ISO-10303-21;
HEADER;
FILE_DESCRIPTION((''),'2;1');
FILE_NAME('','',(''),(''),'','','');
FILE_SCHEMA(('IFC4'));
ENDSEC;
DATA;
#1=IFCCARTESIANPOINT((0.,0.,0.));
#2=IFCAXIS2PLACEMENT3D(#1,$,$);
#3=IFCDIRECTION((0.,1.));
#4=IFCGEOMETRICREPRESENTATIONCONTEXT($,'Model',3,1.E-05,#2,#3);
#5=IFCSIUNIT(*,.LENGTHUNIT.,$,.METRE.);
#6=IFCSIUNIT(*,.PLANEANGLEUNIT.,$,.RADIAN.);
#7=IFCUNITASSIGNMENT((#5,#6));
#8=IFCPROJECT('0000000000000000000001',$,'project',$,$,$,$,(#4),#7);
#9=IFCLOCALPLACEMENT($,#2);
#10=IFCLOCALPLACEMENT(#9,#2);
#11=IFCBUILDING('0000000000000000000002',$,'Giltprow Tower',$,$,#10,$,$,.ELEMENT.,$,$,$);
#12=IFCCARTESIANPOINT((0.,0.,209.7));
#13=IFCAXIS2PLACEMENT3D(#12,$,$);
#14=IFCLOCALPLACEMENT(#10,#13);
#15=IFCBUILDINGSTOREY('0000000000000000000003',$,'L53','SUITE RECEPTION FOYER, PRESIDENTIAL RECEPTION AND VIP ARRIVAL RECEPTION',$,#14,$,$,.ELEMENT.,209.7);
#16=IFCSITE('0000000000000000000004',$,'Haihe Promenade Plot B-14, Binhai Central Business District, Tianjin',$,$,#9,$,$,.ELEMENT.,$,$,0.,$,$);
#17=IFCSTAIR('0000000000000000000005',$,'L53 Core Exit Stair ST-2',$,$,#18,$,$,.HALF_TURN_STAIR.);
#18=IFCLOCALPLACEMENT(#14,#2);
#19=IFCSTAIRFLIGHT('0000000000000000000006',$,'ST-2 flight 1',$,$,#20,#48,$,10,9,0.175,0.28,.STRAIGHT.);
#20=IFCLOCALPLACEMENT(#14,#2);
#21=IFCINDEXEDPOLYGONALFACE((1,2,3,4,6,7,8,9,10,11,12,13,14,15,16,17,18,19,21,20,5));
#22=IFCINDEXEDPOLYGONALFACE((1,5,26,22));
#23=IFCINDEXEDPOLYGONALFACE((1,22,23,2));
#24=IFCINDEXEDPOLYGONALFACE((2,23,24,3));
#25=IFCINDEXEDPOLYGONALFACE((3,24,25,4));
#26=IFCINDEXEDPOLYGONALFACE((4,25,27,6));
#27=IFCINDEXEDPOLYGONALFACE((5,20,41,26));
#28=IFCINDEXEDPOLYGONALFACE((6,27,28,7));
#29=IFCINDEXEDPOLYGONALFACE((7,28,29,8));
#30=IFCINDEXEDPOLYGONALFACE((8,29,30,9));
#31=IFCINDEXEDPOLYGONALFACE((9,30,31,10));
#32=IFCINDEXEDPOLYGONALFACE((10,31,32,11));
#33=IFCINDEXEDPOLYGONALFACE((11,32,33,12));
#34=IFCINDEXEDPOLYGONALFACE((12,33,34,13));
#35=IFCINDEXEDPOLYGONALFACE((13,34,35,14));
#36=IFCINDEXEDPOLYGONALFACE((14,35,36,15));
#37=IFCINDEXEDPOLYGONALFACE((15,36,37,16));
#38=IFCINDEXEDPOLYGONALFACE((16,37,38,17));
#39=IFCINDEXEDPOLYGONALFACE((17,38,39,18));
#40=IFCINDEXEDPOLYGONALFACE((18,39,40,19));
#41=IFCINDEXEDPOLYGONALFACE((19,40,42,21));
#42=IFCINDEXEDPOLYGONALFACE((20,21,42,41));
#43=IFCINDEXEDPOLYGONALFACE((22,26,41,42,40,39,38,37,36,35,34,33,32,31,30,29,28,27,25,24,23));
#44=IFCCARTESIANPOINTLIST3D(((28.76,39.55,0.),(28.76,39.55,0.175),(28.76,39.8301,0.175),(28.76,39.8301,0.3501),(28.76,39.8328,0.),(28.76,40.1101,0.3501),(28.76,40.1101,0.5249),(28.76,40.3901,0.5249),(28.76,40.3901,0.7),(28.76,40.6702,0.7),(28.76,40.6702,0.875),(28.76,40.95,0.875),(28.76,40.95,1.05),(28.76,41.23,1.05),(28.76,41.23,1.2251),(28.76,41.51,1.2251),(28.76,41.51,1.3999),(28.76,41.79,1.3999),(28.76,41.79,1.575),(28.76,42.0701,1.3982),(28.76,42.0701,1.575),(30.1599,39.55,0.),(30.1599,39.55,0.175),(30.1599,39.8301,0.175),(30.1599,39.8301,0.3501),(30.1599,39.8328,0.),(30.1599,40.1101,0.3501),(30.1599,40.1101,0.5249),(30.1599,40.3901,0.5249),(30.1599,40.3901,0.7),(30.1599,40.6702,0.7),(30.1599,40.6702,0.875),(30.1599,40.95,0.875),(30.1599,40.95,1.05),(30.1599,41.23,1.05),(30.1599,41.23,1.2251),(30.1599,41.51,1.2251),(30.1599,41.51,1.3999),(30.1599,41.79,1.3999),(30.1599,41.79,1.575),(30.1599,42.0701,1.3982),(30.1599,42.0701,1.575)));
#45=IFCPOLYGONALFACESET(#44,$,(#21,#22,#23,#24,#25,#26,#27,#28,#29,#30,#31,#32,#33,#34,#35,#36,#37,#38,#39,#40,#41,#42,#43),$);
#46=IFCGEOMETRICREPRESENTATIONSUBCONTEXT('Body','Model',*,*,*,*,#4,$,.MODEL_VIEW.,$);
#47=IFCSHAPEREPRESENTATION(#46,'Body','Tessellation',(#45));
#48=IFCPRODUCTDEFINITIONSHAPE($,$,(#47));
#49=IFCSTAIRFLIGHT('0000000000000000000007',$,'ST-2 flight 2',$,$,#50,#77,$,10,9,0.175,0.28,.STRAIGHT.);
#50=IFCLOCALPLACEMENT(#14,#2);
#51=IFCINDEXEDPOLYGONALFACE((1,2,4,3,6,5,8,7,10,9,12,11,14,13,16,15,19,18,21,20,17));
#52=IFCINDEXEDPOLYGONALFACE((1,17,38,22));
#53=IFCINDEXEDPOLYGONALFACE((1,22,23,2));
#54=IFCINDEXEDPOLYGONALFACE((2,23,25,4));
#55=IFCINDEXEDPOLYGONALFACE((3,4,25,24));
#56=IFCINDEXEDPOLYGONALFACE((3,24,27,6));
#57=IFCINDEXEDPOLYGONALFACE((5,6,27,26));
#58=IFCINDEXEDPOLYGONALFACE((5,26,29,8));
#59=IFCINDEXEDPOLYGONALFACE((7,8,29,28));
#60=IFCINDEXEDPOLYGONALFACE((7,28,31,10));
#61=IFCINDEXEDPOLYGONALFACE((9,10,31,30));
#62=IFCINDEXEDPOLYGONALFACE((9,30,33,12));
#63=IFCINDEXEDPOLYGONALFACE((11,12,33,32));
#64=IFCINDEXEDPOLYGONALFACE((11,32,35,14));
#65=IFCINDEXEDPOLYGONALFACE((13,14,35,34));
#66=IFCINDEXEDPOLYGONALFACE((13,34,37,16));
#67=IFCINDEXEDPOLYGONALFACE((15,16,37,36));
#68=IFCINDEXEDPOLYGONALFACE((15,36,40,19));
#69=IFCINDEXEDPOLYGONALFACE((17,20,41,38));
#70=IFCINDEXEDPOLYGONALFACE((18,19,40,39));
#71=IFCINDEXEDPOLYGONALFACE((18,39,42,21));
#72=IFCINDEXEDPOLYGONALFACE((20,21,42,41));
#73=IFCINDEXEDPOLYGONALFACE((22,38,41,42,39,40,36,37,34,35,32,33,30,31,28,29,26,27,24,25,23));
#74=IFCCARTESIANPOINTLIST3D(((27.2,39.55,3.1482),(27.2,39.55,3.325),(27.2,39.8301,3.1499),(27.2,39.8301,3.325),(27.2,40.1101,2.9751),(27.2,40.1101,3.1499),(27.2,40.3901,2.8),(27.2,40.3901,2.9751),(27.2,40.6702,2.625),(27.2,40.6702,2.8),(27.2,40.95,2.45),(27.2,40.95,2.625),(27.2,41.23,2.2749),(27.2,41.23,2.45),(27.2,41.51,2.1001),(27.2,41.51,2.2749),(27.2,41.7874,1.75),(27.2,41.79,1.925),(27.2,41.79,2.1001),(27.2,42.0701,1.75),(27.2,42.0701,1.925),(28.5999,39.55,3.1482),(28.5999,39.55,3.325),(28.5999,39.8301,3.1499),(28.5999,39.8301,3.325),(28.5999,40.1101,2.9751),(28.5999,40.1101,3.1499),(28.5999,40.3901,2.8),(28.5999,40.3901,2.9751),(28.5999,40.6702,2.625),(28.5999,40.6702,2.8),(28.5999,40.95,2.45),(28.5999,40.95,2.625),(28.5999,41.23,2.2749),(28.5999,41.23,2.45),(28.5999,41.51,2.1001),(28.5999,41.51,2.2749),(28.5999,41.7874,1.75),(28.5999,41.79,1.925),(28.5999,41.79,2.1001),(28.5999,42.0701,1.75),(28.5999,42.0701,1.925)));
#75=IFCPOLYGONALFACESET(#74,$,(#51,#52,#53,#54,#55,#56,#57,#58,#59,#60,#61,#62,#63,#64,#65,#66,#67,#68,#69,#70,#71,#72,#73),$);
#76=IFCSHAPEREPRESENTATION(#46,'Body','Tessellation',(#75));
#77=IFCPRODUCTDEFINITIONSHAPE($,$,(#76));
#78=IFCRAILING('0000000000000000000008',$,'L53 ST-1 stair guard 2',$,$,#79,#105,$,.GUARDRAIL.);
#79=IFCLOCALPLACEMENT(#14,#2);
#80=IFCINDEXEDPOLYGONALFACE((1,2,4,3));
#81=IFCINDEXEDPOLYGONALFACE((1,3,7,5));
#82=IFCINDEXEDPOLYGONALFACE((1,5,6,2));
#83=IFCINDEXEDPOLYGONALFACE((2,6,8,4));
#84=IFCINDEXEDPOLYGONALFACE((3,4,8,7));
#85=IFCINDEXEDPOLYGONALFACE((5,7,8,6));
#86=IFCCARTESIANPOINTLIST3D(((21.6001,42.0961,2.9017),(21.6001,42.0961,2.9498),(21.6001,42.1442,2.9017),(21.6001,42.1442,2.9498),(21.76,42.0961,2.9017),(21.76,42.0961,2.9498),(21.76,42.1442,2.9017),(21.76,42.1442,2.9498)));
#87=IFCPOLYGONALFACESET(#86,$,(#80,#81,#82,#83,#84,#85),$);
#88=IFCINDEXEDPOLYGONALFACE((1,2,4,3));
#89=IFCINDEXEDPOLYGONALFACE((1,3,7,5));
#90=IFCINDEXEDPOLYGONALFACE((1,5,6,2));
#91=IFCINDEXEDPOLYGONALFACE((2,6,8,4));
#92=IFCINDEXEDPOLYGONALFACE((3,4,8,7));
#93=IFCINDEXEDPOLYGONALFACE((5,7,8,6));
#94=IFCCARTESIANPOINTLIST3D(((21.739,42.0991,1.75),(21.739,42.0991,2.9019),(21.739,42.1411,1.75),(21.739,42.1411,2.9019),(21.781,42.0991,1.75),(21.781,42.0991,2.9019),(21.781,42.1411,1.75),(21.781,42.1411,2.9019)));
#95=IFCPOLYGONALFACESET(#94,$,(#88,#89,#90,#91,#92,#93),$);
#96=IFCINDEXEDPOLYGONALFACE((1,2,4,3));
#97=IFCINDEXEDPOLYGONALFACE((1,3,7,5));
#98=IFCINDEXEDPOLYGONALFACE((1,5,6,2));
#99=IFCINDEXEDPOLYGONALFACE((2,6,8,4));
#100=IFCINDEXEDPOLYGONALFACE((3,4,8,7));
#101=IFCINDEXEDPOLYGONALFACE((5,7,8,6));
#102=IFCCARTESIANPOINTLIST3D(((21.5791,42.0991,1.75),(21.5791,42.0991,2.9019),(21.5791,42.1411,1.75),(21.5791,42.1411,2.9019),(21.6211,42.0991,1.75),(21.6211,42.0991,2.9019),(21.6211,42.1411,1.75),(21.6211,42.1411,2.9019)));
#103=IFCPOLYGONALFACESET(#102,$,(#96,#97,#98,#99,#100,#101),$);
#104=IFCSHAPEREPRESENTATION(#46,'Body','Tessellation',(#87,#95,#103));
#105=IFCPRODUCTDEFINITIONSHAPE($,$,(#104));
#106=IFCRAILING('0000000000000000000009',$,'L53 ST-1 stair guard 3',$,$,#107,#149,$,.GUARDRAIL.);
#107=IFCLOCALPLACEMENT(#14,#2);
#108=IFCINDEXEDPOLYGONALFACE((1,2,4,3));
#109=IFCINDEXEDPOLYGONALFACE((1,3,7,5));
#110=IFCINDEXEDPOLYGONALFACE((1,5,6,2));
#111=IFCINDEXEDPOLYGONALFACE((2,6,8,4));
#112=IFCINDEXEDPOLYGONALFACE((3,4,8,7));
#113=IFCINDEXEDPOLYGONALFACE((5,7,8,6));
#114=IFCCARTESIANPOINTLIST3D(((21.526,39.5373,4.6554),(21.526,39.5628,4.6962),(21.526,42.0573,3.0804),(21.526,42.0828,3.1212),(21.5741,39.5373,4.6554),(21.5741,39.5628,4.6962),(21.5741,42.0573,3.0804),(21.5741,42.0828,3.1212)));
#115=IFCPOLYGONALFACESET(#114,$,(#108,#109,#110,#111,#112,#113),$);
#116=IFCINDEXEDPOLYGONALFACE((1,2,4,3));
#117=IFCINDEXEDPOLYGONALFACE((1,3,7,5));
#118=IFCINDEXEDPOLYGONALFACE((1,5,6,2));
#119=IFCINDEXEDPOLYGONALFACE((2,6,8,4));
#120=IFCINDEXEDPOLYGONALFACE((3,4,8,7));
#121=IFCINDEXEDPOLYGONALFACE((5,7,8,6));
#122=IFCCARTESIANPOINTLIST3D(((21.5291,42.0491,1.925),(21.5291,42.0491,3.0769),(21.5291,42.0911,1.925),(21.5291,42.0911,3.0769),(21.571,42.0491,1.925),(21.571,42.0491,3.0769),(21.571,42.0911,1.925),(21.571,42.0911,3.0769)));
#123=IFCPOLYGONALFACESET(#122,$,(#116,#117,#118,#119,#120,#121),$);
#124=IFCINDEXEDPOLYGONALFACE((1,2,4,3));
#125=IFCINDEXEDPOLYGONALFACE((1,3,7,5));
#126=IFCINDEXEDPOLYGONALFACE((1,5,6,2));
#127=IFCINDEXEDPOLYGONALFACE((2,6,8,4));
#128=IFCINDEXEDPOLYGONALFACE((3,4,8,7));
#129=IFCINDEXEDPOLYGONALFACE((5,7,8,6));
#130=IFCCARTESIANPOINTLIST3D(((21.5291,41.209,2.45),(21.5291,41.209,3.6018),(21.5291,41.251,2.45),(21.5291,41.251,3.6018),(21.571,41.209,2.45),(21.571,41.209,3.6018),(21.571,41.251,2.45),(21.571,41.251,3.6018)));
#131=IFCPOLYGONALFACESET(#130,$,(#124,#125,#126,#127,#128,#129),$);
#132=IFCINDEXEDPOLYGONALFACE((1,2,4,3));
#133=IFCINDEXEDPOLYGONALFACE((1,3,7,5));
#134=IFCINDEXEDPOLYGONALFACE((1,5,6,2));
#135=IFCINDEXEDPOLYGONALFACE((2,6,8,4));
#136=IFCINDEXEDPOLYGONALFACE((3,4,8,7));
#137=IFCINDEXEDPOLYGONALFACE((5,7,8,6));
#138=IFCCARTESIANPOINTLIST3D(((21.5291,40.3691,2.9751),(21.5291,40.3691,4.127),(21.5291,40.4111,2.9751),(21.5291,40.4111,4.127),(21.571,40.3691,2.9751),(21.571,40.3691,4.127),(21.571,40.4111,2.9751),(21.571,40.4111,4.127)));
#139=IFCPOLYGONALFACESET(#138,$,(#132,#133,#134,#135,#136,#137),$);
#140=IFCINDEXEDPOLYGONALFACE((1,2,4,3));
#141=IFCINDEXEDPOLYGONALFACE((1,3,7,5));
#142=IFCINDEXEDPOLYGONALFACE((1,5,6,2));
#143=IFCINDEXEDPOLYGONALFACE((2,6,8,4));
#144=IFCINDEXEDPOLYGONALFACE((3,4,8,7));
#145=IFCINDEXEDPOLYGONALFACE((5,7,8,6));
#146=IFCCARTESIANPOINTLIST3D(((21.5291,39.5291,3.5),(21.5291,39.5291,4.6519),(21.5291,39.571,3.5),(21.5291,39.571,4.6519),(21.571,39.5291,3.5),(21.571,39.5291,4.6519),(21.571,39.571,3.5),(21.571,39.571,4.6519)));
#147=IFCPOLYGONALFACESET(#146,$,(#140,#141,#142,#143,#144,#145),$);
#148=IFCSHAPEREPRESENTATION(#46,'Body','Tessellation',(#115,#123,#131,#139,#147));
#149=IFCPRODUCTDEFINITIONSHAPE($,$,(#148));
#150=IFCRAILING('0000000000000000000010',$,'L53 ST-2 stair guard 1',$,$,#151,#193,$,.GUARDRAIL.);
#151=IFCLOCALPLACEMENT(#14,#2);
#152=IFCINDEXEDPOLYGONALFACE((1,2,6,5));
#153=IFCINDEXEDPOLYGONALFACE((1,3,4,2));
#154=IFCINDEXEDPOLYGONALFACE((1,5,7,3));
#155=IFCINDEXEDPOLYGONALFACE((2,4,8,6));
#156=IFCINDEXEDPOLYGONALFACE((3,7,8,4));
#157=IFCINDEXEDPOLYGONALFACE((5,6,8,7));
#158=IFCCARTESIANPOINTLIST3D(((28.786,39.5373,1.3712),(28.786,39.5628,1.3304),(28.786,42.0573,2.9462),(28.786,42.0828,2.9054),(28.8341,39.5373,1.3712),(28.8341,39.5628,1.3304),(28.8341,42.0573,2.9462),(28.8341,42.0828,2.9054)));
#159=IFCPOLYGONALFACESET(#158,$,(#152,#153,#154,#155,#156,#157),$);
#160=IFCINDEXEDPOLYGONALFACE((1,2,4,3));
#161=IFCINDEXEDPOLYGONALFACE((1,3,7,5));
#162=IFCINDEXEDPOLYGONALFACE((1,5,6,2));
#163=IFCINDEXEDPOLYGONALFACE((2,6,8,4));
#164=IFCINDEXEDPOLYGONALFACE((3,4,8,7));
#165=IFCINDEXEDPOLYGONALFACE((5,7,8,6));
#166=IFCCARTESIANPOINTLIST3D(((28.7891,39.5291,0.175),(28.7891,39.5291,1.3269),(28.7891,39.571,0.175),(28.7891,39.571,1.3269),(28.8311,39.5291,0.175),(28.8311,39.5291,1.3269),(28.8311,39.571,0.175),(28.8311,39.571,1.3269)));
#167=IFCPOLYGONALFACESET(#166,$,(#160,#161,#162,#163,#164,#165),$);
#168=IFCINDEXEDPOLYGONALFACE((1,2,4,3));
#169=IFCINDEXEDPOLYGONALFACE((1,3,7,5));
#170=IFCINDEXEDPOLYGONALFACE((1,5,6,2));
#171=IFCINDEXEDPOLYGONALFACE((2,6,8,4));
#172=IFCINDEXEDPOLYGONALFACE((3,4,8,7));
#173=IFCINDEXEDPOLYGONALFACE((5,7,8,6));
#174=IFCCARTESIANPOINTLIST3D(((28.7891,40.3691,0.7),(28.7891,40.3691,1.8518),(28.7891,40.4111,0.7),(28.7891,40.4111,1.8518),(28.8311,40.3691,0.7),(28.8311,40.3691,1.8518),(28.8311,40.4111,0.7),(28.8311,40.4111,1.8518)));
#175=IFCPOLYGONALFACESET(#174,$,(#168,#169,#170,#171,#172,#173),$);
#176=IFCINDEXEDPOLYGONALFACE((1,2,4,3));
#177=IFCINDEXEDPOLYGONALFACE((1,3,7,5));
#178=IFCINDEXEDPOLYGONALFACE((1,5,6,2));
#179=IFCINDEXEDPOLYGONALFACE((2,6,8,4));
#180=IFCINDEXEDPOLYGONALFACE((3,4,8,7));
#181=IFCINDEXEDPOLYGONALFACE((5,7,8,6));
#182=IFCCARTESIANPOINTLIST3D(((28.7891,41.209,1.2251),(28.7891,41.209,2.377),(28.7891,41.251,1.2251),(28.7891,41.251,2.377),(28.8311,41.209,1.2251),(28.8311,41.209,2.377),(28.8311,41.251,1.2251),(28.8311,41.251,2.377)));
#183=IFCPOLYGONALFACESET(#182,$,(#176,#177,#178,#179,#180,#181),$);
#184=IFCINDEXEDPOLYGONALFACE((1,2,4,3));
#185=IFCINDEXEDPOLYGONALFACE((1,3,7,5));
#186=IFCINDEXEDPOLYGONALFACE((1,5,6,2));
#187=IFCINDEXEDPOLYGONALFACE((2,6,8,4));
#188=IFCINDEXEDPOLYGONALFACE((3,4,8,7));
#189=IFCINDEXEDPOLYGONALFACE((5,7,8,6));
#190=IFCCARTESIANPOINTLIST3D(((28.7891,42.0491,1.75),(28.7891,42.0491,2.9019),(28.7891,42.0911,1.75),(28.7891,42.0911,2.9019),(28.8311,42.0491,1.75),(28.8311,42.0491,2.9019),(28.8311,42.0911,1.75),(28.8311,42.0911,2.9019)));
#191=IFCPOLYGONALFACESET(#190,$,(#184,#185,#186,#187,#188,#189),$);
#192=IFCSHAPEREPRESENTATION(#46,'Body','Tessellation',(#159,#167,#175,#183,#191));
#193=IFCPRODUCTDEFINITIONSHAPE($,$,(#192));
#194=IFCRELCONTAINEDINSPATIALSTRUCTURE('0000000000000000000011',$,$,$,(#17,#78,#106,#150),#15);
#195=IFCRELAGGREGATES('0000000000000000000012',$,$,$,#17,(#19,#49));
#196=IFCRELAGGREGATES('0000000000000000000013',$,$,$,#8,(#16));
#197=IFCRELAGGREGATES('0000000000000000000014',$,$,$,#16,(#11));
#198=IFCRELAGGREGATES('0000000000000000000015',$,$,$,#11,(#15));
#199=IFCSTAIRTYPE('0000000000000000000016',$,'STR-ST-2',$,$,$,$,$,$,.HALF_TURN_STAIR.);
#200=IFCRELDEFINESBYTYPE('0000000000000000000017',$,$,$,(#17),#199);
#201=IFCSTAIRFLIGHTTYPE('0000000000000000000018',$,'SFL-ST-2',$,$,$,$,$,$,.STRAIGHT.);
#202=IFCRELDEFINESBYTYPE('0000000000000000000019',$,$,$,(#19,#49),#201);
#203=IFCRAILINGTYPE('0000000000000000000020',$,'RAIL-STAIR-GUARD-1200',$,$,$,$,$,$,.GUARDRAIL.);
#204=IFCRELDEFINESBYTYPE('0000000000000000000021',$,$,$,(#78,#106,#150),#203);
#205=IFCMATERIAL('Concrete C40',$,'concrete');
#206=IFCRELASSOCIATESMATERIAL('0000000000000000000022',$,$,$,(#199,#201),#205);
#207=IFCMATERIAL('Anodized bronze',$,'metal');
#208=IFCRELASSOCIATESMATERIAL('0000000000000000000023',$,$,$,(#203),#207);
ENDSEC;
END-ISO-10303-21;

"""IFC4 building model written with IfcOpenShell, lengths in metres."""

from ifc_helpers import new_model, si_unit, direction, frame, origin, origin_2d, place, context, subcontext, project, spatial, polyline, rectangle, outline, extrude, material, type_object, element, aggregate, save


model = new_model("IFC4")

# Units and contexts
model_context = context("Model", 3, precision=1e-05, world=origin(), true_north=direction((0.0, 1.0)))
body_context = subcontext(model_context, "Body", "Model", "MODEL_VIEW")
ifc_project = project(units=[si_unit("LENGTHUNIT", "METRE"), si_unit("PLANEANGLEUNIT", "RADIAN")], contexts=[model_context])

# Site, building, storey
site_placement = place(None, origin())
site = spatial("IfcSite", under=ifc_project, at=site_placement, Name="Haihe Promenade Plot B-14, Binhai Central Business District, Tianjin", CompositionType="ELEMENT", RefElevation=0.0)
building_placement = place(site_placement, origin())
building = spatial("IfcBuilding", under=site, at=building_placement, Name="Giltprow Tower", CompositionType="ELEMENT")
storey_placement = place(building_placement, frame((0.0, 0.0, 209.7)))
storey = spatial("IfcBuildingStorey", under=building, at=storey_placement, Name="L53", Description="SUITE RECEPTION FOYER, PRESIDENTIAL RECEPTION AND VIP ARRIVAL RECEPTION", CompositionType="ELEMENT", Elevation=209.7)

# Shared definitions
ifc_material_1 = material(Name="Concrete C40", Category="concrete")

# Stair, stair flights
stair_type_1 = type_object("IfcStairType", Name="STR-ST-2", PredefinedType="HALF_TURN_STAIR", material=ifc_material_1)
stair_1_placement = place(storey_placement, origin())
stair_1 = element("IfcStair", 1, at=stair_1_placement, inside=storey, type_object=stair_type_1, Name="L53 Core Exit Stair ST-2", PredefinedType="HALF_TURN_STAIR")
stair_flight_type_1 = type_object("IfcStairFlightType", Name="SFL-ST-2", PredefinedType="STRAIGHT", material=ifc_material_1)
stair_flight_1_placement = place(storey_placement, frame((29.46, 39.55, 0.0), z_axis=(0.0, 0.0, 1.0), x_axis=(0.0, 1.0, 0.0)))
stair_flight_1 = element("IfcStairFlight", 2, at=stair_flight_1_placement, type_object=stair_flight_type_1, Name="ST-2 flight 1", NumberOfRisers=10, NumberOfTreads=9, PredefinedType="STRAIGHT", RiserHeight=0.175, TreadLength=0.28, context=body_context, shape_type="SweptSolid", body=[
    extrude(outline(polyline([(0.0, 0.0), (0.0, 0.175), (0.28, 0.175), (0.28, 0.3501), (0.5601, 0.3501), (0.5601, 0.5249), (0.8401, 0.5249), (0.8401, 0.7), (1.1201, 0.7), (1.1201, 0.875), (1.3999, 0.875), (1.3999, 1.05), (1.6799, 1.05), (1.6799, 1.2251), (1.96, 1.2251), (1.96, 1.3999), (2.24, 1.3999), (2.24, 1.575), (2.52, 1.575), (2.52, 1.75), (2.52, 1.3982), (0.2827, 0.0), (0.0, 0.0)])), frame((0.0, 0.7, 0.0), z_axis=(0.0, -1.0, 0.0), x_axis=(1.0, 0.0, 0.0)), (0.0, 0.0, 1.0), 1.3999),
])
stair_flight_2_placement = place(storey_placement, frame((27.8999, 42.0701, 1.75), z_axis=(0.0, 0.0, 1.0), x_axis=(0.0, -1.0, 0.0)))
stair_flight_2 = element("IfcStairFlight", 3, at=stair_flight_2_placement, type_object=stair_flight_type_1, Name="ST-2 flight 2", NumberOfRisers=10, NumberOfTreads=9, PredefinedType="STRAIGHT", RiserHeight=0.175, TreadLength=0.28, context=body_context, shape_type="SweptSolid", body=[
    extrude(outline(polyline([(0.0, 0.0), (0.0, 0.175), (0.28, 0.175), (0.28, 0.3501), (0.5601, 0.3501), (0.5601, 0.5249), (0.8401, 0.5249), (0.8401, 0.7), (1.1201, 0.7), (1.1201, 0.875), (1.3999, 0.875), (1.3999, 1.05), (1.6799, 1.05), (1.6799, 1.2251), (1.96, 1.2251), (1.96, 1.3999), (2.24, 1.3999), (2.24, 1.575), (2.52, 1.575), (2.52, 1.75), (2.52, 1.3982), (0.2827, 0.0), (0.0, 0.0)])), frame((0.0, 0.7, 0.0), z_axis=(0.0, -1.0, 0.0), x_axis=(1.0, 0.0, 0.0)), (0.0, 0.0, 1.0), 1.3999),
])
aggregate(stair_1, [stair_flight_1, stair_flight_2])

# Railings
ifc_material_2 = material(Name="Anodized bronze", Category="metal")
railing_type_1 = type_object("IfcRailingType", Name="RAIL-STAIR-GUARD-1200", PredefinedType="GUARDRAIL", material=ifc_material_2)
railing_1_placement = place(storey_placement, frame((21.76, 42.1201, 1.75)))
element("IfcRailing", 4, at=railing_1_placement, inside=storey, type_object=railing_type_1, Name="L53 ST-1 stair guard 2", PredefinedType="GUARDRAIL", context=body_context, shape_type="SweptSolid", body=[
    extrude(rectangle(XDim=0.0481, YDim=0.0481, at=origin_2d()), frame((0.0, 0.0, 1.1758), z_axis=(-1.0, 0.0, 0.0), x_axis=(0.0, -1.0, 0.0)), (0.0, 0.0, 1.0), 0.1599),
    extrude(rectangle(XDim=0.042, YDim=0.042, at=origin_2d()), origin(), (0.0, 0.0, 1.0), 1.1519),
    extrude(rectangle(XDim=0.042, YDim=0.042, at=origin_2d()), frame((-0.1599, 0.0, 0.0)), (0.0, 0.0, 1.0), 1.1519),
])
railing_2_placement = place(storey_placement, frame((21.55, 42.0701, 1.925)))
element("IfcRailing", 5, at=railing_2_placement, inside=storey, type_object=railing_type_1, Name="L53 ST-1 stair guard 3", PredefinedType="GUARDRAIL", context=body_context, shape_type="SweptSolid", body=[
    extrude(rectangle(XDim=0.0481, YDim=0.0481, at=origin_2d()), frame((0.0, 0.0, 1.1758), z_axis=(0.0, -0.848008, 0.529984), x_axis=(1.0, 0.0, 0.0)), (0.0, 0.0, 1.0), 2.9717),
    extrude(rectangle(XDim=0.042, YDim=0.042, at=origin_2d()), origin(), (0.0, 0.0, 1.0), 1.1519),
    extrude(rectangle(XDim=0.042, YDim=0.042, at=origin_2d()), frame((0.0, -0.8401, 0.5249)), (0.0, 0.0, 1.0), 1.1519),
    extrude(rectangle(XDim=0.042, YDim=0.042, at=origin_2d()), frame((0.0, -1.6799, 1.05)), (0.0, 0.0, 1.0), 1.1519),
    extrude(rectangle(XDim=0.042, YDim=0.042, at=origin_2d()), frame((0.0, -2.52, 1.575)), (0.0, 0.0, 1.0), 1.1519),
])
railing_3_placement = place(storey_placement, frame((28.8101, 39.55, 0.175)))
element("IfcRailing", 6, at=railing_3_placement, inside=storey, type_object=railing_type_1, Name="L53 ST-2 stair guard 1", PredefinedType="GUARDRAIL", context=body_context, shape_type="SweptSolid", body=[
    extrude(rectangle(XDim=0.0481, YDim=0.0481, at=origin_2d()), frame((0.0, 0.0, 1.1758), z_axis=(0.0, 0.848008, 0.529984), x_axis=(-1.0, 0.0, 0.0)), (0.0, 0.0, 1.0), 2.9717),
    extrude(rectangle(XDim=0.042, YDim=0.042, at=origin_2d()), origin(), (0.0, 0.0, 1.0), 1.1519),
    extrude(rectangle(XDim=0.042, YDim=0.042, at=origin_2d()), frame((0.0, 0.8401, 0.5249)), (0.0, 0.0, 1.0), 1.1519),
    extrude(rectangle(XDim=0.042, YDim=0.042, at=origin_2d()), frame((0.0, 1.6799, 1.05)), (0.0, 0.0, 1.0), 1.1519),
    extrude(rectangle(XDim=0.042, YDim=0.042, at=origin_2d()), frame((0.0, 2.52, 1.575)), (0.0, 0.0, 1.0), 1.1519),
])

save(model, "model.ifc")
